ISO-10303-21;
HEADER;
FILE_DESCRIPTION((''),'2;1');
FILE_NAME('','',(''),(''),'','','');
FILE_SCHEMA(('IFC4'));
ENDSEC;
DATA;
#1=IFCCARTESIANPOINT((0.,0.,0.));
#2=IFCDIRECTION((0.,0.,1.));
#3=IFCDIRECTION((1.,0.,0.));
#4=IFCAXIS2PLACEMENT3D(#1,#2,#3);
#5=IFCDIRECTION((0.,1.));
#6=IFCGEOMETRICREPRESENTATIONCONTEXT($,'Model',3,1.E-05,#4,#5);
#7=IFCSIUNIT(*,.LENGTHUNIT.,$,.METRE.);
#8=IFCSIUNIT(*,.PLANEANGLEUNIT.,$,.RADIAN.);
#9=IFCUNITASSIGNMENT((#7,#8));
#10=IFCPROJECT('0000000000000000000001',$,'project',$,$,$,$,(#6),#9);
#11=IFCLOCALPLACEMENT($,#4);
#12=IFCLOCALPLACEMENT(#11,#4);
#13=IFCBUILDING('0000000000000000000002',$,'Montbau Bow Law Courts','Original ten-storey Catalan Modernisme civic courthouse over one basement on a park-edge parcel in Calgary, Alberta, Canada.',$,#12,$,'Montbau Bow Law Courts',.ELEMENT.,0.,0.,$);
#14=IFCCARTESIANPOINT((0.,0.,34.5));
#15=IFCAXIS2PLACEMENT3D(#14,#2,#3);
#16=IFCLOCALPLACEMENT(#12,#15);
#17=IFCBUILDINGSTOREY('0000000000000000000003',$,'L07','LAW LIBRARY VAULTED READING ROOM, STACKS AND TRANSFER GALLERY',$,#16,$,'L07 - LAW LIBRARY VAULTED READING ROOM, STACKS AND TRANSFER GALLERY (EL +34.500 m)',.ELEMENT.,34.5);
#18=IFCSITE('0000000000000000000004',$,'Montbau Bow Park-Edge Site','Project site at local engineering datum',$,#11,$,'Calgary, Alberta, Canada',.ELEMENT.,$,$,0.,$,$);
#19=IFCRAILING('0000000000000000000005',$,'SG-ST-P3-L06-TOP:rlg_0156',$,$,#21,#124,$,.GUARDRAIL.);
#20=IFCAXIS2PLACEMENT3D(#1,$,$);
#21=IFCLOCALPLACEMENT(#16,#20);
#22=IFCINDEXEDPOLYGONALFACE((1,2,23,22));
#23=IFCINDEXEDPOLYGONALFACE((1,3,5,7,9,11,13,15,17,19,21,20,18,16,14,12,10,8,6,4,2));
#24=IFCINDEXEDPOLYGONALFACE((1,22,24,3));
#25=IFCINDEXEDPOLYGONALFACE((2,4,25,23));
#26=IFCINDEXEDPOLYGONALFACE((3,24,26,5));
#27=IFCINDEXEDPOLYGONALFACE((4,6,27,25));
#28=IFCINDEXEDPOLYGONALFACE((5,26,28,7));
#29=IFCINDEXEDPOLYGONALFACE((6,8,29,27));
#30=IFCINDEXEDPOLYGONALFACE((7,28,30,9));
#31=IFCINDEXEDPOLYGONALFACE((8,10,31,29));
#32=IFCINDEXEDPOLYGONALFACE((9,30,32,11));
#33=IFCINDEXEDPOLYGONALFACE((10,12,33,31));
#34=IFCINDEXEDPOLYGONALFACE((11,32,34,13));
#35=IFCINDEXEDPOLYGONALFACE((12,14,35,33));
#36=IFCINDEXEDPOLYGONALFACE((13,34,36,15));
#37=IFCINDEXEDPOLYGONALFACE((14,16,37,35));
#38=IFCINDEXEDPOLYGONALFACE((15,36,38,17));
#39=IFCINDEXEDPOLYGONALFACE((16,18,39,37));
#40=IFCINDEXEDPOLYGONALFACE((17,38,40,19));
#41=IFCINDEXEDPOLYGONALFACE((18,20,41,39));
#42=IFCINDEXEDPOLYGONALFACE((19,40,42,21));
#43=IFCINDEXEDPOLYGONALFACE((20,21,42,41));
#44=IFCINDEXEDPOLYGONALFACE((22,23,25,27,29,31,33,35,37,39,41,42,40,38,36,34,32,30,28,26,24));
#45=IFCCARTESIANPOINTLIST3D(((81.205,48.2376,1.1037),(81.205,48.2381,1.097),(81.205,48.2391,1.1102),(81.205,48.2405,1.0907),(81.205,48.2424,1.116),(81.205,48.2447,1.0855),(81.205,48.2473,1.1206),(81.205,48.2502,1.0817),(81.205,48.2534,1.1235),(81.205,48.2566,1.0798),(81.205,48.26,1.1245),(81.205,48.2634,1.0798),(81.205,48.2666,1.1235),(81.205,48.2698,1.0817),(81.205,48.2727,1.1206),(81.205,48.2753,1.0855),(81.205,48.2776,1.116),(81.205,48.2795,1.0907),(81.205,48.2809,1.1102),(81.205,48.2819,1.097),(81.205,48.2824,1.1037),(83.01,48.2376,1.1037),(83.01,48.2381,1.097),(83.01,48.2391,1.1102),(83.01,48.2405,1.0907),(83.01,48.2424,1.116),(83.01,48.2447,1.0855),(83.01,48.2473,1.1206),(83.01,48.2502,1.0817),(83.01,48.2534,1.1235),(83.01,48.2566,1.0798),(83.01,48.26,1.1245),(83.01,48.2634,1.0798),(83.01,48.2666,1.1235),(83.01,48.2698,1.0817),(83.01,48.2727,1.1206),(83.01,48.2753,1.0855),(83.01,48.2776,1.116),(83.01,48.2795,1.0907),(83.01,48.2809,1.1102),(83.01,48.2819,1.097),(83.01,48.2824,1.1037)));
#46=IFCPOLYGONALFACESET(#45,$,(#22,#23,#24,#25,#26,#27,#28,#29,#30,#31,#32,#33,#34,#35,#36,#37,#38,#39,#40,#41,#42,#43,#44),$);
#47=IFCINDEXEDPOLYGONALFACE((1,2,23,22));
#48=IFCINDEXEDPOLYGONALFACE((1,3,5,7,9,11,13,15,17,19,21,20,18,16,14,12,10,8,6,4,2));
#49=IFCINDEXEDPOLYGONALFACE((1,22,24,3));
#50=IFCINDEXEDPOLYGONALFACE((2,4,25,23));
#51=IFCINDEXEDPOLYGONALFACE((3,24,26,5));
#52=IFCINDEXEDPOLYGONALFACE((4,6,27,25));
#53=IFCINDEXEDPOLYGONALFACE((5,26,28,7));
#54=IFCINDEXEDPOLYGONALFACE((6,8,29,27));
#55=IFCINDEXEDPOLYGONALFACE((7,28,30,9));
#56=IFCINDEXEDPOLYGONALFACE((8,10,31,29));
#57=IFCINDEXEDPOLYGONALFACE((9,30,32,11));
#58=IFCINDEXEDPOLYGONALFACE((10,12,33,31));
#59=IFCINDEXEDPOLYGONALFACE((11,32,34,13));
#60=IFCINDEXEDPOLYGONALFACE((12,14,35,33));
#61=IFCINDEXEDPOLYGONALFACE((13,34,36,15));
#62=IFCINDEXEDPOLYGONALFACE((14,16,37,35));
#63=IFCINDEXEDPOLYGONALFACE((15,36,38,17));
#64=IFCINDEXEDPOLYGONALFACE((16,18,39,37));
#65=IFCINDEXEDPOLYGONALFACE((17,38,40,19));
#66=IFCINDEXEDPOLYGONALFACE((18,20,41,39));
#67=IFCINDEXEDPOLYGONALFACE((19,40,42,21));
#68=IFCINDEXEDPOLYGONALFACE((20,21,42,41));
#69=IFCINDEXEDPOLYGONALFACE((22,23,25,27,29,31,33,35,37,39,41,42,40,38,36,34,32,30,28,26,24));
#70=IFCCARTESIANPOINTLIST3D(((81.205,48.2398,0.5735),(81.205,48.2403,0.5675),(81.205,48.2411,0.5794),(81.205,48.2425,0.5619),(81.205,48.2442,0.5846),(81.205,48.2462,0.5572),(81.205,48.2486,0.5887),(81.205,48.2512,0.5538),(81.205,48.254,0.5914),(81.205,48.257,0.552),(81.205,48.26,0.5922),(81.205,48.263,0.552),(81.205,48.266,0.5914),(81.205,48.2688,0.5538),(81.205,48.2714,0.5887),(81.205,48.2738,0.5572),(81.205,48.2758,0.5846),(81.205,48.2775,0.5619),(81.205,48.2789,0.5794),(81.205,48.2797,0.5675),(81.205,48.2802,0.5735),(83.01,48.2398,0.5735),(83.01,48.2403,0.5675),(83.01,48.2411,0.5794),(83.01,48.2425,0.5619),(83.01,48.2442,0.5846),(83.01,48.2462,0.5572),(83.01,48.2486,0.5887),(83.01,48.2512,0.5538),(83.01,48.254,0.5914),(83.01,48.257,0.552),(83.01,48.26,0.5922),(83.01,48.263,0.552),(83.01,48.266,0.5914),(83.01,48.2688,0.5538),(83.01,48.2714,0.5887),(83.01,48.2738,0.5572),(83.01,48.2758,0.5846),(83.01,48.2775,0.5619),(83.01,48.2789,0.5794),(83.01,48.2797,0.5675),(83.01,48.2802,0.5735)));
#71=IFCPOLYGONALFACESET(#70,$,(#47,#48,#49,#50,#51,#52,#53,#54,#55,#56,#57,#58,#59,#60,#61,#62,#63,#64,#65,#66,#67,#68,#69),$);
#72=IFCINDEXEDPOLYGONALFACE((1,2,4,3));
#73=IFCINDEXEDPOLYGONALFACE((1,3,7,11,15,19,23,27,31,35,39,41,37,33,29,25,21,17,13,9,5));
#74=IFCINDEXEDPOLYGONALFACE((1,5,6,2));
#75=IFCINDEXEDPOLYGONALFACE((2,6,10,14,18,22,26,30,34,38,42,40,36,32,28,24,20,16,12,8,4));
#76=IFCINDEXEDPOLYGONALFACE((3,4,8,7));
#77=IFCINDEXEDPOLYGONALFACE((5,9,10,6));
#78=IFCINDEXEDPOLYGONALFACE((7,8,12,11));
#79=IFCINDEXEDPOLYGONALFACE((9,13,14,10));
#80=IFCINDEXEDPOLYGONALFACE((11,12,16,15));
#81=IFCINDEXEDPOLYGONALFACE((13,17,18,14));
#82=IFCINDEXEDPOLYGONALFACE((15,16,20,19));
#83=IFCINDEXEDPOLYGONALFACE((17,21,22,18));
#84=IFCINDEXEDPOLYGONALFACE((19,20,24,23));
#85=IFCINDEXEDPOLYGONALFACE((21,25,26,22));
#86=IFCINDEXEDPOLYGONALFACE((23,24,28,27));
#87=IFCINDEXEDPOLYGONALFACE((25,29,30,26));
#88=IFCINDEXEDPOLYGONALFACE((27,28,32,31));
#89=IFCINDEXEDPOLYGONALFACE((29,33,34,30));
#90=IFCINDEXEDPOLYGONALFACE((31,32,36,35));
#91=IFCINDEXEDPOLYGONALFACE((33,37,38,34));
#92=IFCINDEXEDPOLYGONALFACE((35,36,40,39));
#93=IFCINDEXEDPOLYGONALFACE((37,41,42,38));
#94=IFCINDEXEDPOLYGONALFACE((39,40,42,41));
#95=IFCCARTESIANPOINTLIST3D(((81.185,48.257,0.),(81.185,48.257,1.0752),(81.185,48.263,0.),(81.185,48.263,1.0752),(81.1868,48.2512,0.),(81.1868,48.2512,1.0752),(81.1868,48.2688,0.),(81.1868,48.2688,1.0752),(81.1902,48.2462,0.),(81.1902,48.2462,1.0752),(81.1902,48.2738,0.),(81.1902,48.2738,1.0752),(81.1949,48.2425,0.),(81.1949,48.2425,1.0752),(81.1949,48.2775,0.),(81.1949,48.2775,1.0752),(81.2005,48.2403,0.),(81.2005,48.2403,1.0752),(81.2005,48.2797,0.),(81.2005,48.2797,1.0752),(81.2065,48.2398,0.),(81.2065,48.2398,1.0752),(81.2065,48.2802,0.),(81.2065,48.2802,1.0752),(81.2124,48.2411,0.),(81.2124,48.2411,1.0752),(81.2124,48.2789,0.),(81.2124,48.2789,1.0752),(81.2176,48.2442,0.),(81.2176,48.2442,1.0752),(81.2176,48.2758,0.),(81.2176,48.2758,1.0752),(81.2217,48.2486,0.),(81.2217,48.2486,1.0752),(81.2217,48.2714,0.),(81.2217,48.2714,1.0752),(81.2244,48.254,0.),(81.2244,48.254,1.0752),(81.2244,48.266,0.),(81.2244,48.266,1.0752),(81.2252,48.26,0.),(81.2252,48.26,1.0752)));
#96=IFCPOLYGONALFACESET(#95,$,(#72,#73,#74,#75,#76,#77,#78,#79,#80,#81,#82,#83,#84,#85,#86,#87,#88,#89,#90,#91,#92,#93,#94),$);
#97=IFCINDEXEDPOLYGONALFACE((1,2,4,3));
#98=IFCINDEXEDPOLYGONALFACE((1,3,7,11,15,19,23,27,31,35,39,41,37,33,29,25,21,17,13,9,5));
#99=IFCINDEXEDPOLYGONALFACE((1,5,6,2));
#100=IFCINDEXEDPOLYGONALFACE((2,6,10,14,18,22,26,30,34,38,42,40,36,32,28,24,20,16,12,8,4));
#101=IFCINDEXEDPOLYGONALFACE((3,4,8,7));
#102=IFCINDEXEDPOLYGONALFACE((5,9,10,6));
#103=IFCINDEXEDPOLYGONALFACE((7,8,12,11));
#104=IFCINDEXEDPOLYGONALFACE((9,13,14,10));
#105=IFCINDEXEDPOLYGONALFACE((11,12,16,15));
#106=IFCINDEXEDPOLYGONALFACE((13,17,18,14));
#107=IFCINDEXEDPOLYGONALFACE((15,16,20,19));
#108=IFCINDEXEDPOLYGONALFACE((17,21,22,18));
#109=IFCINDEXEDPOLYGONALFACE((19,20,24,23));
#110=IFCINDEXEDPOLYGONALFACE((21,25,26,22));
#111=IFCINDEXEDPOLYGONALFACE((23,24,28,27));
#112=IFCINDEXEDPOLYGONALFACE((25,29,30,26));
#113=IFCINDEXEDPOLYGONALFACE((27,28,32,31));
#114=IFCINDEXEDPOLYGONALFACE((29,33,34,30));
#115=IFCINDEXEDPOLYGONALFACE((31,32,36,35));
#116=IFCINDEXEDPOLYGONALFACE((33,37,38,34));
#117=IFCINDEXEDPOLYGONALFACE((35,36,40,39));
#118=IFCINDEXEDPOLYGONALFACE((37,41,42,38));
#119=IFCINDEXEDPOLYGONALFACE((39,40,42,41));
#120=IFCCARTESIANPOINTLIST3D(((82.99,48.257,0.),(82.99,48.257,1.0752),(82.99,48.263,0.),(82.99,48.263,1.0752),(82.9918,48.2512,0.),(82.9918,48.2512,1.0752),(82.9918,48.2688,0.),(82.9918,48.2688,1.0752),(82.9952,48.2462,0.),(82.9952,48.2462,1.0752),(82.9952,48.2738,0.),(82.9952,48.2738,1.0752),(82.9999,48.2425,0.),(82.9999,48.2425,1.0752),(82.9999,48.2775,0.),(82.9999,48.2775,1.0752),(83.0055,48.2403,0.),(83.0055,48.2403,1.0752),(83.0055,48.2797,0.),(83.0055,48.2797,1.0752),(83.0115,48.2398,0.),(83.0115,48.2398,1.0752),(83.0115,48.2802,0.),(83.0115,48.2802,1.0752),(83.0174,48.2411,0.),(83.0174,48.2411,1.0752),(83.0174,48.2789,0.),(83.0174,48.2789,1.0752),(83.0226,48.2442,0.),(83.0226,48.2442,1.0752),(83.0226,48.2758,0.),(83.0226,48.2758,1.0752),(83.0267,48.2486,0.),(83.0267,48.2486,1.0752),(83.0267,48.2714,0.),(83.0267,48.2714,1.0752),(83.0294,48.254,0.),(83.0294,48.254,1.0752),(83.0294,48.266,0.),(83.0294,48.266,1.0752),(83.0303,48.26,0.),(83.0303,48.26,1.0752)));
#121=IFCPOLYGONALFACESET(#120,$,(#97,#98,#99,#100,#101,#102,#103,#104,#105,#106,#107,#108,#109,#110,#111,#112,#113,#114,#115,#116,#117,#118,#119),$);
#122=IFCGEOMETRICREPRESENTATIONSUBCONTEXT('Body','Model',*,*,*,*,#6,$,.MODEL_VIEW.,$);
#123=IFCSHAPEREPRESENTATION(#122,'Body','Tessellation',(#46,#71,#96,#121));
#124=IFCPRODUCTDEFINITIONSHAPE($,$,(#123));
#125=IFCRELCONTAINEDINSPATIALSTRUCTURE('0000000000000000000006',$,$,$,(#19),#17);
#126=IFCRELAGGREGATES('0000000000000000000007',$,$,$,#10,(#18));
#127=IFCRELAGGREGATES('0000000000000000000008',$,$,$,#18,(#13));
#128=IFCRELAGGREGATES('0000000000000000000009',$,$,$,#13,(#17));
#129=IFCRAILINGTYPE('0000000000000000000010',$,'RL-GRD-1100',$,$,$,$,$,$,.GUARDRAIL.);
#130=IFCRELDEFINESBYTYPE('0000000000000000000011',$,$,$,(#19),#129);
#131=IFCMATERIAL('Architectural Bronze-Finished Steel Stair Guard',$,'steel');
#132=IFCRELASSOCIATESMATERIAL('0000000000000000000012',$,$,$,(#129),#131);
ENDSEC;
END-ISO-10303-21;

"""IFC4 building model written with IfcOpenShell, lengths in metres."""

from ifc_helpers import new_model, si_unit, direction, frame, origin_with_axes, origin_2d_with_axis, place, context, subcontext, project, spatial, circle, extrude, material, type_object, element, save


model = new_model("IFC4")

# Units and contexts
model_context = context("Model", 3, precision=1e-05, world=origin_with_axes(), true_north=direction((0.0, 1.0)))
body_context = subcontext(model_context, "Body", "Model", "MODEL_VIEW")
ifc_project = project(units=[si_unit("LENGTHUNIT", "METRE"), si_unit("PLANEANGLEUNIT", "RADIAN")], contexts=[model_context])

# Site, building, storey
site_placement = place(None, origin_with_axes())
site = spatial("IfcSite", under=ifc_project, at=site_placement, Name="Montbau Bow Park-Edge Site", Description="Project site at local engineering datum", LongName="Calgary, Alberta, Canada", CompositionType="ELEMENT", RefElevation=0.0)
building_placement = place(site_placement, origin_with_axes())
building = spatial("IfcBuilding", under=site, at=building_placement, Name="Montbau Bow Law Courts", Description="Original ten-storey Catalan Modernisme civic courthouse over one basement on a park-edge parcel in Calgary, Alberta, Canada.", LongName="Montbau Bow Law Courts", CompositionType="ELEMENT", ElevationOfRefHeight=0.0, ElevationOfTerrain=0.0)
storey_placement = place(building_placement, frame((0.0, 0.0, 34.5), z_axis=(0.0, 0.0, 1.0), x_axis=(1.0, 0.0, 0.0)))
storey = spatial("IfcBuildingStorey", under=building, at=storey_placement, Name="L07", Description="LAW LIBRARY VAULTED READING ROOM, STACKS AND TRANSFER GALLERY", LongName="L07 - LAW LIBRARY VAULTED READING ROOM, STACKS AND TRANSFER GALLERY (EL +34.500 m)", CompositionType="ELEMENT", Elevation=34.5)

# Railing
ifc_material_1 = material(Name="Architectural Bronze-Finished Steel Stair Guard", Category="steel")
railing_type_1 = type_object("IfcRailingType", Name="RL-GRD-1100", PredefinedType="GUARDRAIL", material=ifc_material_1)
railing_1_placement = place(None, origin_with_axes())
element("IfcRailing", 1, at=railing_1_placement, inside=storey, type_object=railing_type_1, Name="SG-ST-P3-L06-TOP:rlg_0156", PredefinedType="GUARDRAIL", context=body_context, shape_type="SweptSolid", body=[
    extrude(circle(Radius=0.0225, at=origin_2d_with_axis()), frame((81.205, 48.26, 35.602), z_axis=(1.0, 0.0, 0.0), x_axis=(0.0, 0.0, 1.0)), (0.0, 0.0, 1.0), 1.805),
    extrude(circle(Radius=0.0203, at=origin_2d_with_axis()), frame((81.205, 48.26, 35.072), z_axis=(1.0, 0.0, 0.0), x_axis=(0.0, 0.0, 1.0)), (0.0, 0.0, 1.0), 1.805),
    extrude(circle(Radius=0.0203, at=origin_2d_with_axis()), frame((81.205, 48.26, 34.5), z_axis=(0.0, 0.0, 1.0), x_axis=(1.0, 0.0, 0.0)), (0.0, 0.0, 1.0), 1.0753),
    extrude(circle(Radius=0.0203, at=origin_2d_with_axis()), frame((83.01, 48.26, 34.5), z_axis=(0.0, 0.0, 1.0), x_axis=(1.0, 0.0, 0.0)), (0.0, 0.0, 1.0), 1.0753),
])

save(model, "model.ifc")
